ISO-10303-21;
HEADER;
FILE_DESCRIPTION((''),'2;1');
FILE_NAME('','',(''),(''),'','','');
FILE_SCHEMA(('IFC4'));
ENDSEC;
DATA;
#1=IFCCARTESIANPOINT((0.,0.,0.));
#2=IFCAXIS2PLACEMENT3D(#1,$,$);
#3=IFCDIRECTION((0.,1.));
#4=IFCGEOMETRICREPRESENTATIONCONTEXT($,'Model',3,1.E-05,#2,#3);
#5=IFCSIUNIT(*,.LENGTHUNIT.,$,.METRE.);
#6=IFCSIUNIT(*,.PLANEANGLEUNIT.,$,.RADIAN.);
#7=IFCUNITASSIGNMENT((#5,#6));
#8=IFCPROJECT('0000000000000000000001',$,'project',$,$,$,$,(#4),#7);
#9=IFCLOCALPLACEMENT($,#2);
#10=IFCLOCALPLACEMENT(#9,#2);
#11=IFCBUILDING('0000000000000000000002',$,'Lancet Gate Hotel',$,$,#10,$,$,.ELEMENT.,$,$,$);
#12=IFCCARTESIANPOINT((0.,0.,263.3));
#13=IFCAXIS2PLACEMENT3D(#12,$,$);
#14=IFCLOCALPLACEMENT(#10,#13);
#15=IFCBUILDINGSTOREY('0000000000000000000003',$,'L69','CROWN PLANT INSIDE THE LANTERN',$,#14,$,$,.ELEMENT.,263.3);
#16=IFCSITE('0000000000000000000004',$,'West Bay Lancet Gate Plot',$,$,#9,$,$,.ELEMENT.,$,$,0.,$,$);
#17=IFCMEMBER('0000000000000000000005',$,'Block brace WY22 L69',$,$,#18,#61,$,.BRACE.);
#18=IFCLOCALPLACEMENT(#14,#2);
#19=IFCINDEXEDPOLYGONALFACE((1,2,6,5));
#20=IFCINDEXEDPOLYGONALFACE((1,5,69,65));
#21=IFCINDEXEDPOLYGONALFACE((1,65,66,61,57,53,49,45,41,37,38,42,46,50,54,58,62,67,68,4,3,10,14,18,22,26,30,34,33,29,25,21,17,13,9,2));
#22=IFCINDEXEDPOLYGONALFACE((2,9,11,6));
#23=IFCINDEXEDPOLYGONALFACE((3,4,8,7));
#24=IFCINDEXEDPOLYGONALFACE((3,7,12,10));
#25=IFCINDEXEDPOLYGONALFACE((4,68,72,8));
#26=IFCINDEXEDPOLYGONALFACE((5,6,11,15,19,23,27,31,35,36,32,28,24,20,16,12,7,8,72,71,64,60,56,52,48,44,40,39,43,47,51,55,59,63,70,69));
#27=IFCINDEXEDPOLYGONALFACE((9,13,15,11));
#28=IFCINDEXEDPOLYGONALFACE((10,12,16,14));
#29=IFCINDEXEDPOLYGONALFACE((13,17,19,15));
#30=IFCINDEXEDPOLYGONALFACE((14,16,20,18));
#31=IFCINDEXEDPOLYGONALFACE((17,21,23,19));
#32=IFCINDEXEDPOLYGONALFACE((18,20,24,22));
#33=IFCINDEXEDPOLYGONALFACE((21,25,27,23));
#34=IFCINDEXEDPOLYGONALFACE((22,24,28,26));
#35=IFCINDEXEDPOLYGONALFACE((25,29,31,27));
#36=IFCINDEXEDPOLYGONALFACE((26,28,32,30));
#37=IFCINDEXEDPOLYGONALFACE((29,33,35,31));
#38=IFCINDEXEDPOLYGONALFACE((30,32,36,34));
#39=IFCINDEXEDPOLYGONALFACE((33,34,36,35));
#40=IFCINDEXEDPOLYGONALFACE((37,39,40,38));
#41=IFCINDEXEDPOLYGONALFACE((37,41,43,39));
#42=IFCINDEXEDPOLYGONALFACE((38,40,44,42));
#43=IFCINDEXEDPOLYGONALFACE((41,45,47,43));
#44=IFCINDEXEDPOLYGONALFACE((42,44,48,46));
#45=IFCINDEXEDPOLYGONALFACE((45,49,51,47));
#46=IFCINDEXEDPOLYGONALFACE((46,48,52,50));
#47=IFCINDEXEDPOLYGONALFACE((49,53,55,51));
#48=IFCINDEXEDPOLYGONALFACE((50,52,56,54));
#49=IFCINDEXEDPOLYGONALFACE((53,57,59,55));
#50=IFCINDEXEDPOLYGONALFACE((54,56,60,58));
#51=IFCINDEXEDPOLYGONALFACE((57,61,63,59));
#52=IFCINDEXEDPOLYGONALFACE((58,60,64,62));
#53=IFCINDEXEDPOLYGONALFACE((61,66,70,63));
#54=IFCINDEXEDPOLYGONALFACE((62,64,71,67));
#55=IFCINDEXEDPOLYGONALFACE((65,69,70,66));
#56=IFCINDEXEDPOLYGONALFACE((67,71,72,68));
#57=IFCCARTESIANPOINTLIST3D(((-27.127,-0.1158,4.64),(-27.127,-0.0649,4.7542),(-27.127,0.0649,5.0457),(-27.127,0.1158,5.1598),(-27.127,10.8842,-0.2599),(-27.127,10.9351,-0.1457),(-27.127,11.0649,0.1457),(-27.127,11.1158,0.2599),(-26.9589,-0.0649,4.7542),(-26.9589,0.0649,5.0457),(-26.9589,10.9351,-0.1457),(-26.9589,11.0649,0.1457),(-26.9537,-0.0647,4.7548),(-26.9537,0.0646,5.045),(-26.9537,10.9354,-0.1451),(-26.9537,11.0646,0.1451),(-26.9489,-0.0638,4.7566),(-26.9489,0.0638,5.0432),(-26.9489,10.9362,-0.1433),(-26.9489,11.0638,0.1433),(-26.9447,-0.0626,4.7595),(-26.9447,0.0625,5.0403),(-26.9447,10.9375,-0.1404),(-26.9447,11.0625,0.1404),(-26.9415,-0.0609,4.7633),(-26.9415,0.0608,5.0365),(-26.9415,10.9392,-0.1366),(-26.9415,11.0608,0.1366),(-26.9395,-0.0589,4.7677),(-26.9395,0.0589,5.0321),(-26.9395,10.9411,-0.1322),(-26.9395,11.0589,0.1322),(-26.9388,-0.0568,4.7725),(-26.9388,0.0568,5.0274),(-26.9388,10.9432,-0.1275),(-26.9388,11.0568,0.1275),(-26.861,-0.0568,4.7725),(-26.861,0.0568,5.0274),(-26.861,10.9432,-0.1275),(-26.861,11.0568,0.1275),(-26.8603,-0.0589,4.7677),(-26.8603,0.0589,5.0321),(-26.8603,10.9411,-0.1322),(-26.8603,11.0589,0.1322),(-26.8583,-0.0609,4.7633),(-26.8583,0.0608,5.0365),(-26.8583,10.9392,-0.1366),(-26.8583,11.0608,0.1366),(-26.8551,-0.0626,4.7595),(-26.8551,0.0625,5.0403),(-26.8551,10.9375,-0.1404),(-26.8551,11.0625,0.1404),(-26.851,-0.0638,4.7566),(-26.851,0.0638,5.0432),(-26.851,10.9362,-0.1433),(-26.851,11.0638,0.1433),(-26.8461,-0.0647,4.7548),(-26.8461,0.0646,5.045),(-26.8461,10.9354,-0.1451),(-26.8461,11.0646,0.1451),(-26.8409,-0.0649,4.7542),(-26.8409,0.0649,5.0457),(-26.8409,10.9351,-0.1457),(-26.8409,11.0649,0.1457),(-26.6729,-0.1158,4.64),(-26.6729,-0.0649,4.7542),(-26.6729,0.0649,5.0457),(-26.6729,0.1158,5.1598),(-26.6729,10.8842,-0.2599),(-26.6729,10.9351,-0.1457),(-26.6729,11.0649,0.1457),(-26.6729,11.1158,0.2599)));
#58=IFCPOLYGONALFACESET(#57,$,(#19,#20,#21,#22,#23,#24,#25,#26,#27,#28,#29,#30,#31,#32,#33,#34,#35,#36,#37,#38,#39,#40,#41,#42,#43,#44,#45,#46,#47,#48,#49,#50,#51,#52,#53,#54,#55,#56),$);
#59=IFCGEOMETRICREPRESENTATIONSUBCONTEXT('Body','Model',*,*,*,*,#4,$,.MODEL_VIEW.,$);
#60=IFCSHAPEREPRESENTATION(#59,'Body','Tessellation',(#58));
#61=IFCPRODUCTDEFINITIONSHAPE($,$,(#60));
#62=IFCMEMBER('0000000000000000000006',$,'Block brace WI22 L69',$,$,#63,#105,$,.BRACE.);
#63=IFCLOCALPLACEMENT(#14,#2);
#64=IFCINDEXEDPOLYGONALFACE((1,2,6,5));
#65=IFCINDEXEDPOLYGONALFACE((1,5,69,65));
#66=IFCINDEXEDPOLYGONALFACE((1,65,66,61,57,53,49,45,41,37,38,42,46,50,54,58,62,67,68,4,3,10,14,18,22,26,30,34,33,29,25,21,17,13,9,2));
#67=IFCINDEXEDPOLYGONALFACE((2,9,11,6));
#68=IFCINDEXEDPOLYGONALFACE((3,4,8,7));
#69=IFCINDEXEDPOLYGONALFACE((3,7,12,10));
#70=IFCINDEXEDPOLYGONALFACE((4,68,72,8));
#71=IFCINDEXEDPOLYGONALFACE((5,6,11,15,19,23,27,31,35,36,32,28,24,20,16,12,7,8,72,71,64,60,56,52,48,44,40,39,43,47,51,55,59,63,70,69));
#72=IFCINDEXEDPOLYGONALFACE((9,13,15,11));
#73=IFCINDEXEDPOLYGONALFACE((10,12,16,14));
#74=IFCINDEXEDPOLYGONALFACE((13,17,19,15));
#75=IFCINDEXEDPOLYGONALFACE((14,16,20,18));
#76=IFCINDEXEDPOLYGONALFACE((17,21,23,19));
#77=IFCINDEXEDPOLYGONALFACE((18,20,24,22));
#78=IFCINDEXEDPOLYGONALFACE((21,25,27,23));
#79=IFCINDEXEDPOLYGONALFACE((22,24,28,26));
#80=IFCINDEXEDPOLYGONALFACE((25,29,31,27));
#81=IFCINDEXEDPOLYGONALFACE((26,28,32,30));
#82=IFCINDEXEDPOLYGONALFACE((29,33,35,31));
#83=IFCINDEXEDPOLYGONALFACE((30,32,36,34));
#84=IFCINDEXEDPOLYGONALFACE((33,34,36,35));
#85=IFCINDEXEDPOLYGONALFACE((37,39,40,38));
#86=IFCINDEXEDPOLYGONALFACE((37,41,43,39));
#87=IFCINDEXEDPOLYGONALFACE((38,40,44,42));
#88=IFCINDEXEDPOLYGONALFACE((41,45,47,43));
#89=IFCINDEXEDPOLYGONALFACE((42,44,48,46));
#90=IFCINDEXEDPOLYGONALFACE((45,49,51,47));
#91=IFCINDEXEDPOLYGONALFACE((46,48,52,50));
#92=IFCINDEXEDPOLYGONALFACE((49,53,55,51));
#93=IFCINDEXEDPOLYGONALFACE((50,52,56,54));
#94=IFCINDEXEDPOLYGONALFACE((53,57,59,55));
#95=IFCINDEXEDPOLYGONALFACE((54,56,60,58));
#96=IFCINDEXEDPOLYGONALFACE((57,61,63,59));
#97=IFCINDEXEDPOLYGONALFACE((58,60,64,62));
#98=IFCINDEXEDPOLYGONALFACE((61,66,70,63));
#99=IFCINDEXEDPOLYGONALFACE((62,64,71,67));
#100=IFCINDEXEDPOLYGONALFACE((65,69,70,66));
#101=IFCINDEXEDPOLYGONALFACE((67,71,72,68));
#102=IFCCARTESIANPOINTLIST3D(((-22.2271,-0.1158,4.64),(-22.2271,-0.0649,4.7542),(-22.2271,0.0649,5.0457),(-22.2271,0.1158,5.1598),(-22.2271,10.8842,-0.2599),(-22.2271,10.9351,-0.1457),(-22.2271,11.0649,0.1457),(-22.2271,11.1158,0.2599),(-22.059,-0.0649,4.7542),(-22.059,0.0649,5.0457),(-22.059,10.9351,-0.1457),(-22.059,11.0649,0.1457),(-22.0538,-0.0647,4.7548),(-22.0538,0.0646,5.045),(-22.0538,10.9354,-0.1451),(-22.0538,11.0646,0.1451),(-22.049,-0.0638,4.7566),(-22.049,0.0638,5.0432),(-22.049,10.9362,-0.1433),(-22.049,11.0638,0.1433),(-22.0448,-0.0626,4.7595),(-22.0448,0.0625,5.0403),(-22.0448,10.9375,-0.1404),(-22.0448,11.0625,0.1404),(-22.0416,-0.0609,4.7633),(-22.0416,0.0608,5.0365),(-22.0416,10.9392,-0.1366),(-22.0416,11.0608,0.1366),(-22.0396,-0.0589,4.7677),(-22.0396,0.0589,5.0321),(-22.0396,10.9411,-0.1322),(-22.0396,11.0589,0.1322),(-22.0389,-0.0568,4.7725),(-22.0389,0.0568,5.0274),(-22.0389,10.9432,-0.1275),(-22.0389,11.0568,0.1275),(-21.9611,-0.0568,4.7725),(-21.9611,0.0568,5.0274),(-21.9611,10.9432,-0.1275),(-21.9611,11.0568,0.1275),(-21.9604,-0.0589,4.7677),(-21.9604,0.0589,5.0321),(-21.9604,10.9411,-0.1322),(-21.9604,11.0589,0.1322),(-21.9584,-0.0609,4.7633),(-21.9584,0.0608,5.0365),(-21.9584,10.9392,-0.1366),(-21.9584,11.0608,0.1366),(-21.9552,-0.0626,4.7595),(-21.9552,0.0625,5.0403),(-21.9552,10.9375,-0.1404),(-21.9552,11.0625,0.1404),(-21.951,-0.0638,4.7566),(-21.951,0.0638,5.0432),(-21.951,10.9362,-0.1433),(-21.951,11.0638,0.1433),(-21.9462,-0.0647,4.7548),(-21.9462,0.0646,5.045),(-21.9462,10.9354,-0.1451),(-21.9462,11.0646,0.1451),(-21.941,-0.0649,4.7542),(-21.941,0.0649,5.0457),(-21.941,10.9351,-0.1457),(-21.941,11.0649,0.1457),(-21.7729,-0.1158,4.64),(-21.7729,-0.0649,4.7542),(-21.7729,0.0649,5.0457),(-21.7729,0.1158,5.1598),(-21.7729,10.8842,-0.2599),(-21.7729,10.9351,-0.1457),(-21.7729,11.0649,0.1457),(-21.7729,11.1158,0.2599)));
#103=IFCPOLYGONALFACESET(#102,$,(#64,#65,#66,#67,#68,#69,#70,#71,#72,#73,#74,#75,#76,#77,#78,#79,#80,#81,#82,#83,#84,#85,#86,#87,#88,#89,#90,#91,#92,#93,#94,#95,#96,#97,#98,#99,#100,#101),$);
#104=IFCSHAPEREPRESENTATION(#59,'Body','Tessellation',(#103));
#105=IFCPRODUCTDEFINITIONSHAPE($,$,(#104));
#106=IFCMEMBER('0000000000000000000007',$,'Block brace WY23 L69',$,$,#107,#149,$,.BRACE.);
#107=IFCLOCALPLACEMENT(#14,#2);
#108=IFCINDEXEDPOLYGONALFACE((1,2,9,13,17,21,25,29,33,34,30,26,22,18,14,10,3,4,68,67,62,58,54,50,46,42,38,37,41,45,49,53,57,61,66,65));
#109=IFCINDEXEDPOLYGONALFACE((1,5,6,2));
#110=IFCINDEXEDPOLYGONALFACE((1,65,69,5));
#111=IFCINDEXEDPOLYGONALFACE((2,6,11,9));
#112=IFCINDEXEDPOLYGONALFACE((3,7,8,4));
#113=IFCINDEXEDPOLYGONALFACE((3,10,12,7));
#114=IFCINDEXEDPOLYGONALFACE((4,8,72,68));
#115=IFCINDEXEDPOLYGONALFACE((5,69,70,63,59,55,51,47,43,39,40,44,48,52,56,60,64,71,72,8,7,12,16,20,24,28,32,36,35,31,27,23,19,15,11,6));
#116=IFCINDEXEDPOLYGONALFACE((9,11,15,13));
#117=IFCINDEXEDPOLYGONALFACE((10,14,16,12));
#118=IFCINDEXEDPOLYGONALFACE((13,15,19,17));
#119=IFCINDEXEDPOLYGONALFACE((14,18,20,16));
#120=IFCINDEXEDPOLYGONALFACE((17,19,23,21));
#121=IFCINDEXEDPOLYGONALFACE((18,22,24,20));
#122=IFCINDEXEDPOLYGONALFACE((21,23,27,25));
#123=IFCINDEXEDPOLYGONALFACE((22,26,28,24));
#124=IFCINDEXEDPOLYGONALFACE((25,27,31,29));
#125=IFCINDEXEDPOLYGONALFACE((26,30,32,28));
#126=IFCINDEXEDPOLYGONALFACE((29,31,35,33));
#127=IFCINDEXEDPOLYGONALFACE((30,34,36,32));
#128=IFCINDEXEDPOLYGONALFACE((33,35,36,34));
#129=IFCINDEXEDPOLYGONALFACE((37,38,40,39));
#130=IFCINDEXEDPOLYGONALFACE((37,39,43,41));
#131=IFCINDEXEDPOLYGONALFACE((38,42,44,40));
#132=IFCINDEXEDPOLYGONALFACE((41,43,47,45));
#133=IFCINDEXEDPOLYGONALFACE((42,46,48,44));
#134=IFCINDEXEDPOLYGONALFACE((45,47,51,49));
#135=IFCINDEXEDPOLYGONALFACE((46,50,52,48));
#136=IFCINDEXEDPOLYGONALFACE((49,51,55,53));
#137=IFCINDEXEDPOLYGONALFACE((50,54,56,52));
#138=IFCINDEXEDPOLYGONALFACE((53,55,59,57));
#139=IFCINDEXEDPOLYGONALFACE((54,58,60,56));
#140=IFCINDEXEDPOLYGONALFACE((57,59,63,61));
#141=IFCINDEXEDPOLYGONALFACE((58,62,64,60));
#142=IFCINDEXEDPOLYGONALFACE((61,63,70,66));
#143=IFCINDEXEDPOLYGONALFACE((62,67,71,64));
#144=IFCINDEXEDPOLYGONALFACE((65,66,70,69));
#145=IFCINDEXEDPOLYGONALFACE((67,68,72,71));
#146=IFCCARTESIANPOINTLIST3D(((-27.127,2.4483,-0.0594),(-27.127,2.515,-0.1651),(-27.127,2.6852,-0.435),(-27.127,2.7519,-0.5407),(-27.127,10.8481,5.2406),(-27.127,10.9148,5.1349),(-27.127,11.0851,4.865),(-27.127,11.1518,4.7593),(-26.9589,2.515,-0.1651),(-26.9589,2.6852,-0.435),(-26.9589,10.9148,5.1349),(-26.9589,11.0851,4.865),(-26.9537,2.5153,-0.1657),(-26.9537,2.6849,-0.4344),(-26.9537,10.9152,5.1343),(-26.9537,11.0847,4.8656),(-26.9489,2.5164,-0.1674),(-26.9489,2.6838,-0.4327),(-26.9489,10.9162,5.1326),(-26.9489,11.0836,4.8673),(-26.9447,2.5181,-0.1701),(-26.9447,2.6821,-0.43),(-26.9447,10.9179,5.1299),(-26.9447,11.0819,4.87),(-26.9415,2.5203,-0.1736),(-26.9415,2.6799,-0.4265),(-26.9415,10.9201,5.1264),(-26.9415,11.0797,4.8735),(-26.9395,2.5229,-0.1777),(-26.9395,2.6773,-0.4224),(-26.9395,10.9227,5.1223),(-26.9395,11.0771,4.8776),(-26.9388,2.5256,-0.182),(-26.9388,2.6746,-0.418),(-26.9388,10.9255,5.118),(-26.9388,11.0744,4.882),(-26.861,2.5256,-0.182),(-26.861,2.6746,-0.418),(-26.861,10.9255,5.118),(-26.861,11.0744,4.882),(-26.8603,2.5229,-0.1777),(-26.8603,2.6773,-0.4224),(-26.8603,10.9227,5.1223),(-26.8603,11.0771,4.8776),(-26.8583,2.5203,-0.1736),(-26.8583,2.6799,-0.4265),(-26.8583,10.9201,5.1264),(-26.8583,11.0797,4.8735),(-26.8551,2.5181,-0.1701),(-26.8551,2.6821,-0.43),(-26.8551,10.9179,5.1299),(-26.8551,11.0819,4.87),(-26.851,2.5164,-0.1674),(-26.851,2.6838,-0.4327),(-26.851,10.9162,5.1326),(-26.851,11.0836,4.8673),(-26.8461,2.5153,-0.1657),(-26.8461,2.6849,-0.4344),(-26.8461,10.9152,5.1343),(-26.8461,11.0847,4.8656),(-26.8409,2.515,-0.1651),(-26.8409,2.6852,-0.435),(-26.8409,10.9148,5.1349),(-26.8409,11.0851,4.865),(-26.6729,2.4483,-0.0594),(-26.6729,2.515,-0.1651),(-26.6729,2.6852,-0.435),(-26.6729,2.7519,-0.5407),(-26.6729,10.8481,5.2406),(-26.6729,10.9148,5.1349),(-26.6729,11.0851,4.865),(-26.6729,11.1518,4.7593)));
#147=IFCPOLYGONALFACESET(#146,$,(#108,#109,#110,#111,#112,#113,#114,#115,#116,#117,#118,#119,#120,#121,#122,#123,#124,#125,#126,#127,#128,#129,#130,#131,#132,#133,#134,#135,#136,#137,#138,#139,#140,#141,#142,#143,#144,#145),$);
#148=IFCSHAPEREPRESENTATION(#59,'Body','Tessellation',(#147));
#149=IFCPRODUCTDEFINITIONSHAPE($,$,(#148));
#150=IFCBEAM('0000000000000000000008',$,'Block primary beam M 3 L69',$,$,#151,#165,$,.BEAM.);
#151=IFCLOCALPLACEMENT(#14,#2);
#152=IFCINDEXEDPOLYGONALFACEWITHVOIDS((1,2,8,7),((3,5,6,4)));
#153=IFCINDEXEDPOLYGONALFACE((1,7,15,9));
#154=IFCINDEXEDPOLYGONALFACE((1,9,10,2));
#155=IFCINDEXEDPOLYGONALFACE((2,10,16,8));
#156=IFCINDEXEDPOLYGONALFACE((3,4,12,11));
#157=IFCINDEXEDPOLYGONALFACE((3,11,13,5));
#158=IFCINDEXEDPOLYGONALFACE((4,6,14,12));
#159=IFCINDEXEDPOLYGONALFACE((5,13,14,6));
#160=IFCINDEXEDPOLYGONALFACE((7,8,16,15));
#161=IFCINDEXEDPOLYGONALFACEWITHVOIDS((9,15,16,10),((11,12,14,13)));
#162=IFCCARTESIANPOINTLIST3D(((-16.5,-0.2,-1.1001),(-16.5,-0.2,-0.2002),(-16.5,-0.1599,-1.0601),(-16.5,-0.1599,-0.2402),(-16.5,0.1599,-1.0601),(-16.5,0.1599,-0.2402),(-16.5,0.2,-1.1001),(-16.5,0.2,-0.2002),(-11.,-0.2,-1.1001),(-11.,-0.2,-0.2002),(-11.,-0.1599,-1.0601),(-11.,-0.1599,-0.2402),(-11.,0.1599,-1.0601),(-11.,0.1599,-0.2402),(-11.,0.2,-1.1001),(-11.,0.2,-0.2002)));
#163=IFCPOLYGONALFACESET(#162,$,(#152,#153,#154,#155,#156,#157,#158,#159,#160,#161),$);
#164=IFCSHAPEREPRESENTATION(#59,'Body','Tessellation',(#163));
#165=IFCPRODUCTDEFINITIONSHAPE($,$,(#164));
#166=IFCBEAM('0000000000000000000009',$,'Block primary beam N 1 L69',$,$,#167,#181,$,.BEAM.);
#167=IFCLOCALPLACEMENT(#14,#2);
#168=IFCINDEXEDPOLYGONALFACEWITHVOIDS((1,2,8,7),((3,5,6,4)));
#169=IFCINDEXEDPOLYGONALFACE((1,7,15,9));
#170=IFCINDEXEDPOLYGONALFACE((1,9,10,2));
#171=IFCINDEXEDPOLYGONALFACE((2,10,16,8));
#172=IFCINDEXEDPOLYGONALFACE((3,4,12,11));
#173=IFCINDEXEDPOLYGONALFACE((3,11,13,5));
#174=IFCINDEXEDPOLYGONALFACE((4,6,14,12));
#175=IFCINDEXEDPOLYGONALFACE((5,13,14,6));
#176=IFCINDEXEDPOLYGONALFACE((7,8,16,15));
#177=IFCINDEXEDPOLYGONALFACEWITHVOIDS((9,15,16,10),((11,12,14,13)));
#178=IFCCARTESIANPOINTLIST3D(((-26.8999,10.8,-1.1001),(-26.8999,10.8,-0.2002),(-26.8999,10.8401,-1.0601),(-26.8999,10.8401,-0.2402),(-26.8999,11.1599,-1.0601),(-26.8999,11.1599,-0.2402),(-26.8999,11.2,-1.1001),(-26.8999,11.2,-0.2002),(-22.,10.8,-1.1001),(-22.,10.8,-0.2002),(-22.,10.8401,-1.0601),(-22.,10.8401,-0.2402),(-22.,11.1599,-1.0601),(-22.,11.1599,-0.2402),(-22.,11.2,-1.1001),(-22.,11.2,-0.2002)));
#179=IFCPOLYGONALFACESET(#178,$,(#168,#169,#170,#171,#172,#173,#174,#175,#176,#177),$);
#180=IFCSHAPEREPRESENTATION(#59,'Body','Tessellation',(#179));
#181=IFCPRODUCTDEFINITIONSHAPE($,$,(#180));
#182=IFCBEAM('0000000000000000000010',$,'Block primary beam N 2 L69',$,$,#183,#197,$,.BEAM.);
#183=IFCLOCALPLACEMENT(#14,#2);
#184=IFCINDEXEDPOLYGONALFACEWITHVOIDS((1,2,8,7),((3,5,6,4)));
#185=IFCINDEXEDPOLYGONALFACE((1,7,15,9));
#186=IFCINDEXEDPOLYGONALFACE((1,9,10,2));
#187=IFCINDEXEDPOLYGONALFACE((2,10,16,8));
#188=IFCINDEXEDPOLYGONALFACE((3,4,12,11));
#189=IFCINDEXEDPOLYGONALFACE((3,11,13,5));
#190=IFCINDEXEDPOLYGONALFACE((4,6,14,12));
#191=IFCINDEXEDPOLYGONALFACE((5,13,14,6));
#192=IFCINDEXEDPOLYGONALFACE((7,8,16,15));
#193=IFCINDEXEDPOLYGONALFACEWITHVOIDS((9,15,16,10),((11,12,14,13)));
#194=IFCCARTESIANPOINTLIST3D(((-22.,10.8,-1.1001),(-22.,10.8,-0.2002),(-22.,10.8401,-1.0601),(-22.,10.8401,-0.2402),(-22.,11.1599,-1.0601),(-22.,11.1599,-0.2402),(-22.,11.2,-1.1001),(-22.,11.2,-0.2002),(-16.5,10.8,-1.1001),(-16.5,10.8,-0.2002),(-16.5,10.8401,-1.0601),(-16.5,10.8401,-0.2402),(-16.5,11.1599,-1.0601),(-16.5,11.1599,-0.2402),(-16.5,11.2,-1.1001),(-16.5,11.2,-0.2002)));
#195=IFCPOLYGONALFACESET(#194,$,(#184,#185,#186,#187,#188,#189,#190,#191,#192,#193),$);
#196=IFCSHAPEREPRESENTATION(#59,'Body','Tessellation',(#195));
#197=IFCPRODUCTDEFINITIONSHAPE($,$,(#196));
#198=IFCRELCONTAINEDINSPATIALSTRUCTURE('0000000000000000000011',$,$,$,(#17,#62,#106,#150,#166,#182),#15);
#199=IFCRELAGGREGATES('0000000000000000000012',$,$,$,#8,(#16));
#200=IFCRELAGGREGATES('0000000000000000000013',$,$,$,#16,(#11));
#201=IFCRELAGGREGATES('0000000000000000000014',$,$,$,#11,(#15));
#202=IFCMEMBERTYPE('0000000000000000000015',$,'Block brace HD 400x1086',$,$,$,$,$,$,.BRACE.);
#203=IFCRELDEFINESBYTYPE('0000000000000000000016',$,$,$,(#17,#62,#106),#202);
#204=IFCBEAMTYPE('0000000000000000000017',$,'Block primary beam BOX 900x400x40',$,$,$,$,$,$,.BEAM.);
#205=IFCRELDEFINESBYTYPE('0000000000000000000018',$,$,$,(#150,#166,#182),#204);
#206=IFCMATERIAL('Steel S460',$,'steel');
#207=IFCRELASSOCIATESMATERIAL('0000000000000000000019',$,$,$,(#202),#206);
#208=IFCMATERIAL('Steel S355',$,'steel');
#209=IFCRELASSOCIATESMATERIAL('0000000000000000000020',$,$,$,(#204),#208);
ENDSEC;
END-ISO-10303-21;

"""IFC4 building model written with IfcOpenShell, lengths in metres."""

from ifc_helpers import new_model, si_unit, direction, frame, origin, origin_2d, place, context, subcontext, project, spatial, hollow_rectangle, i_section, extrude, material, material_profile, profile_set, type_object, element, save


model = new_model("IFC4")

# Units and contexts
model_context = context("Model", 3, precision=1e-05, world=origin(), true_north=direction((0.0, 1.0)))
body_context = subcontext(model_context, "Body", "Model", "MODEL_VIEW")
ifc_project = project(units=[si_unit("LENGTHUNIT", "METRE"), si_unit("PLANEANGLEUNIT", "RADIAN")], contexts=[model_context])

# Site, building, storey
site_placement = place(None, origin())
site = spatial("IfcSite", under=ifc_project, at=site_placement, Name="West Bay Lancet Gate Plot", CompositionType="ELEMENT", RefElevation=0.0)
building_placement = place(site_placement, origin())
building = spatial("IfcBuilding", under=site, at=building_placement, Name="Lancet Gate Hotel", CompositionType="ELEMENT")
storey_placement = place(building_placement, frame((0.0, 0.0, 263.3)))
storey = spatial("IfcBuildingStorey", under=building, at=storey_placement, Name="L69", Description="CROWN PLANT INSIDE THE LANTERN", CompositionType="ELEMENT", Elevation=263.3)

# Members
ifc_material_1 = material(Name="Steel S460", Category="steel")
ifc_material_profile_1 = material_profile(ifc_material_1, i_section(OverallWidth=0.4541, OverallDepth=0.5691, WebThickness=0.0779, FlangeThickness=0.125, FilletRadius=0.02, at=origin_2d()), Name="HD 400x1086")
ifc_profile_set_1 = profile_set([ifc_material_profile_1], Name="Steel S460")
member_type = type_object("IfcMemberType", Name="Block brace HD 400x1086", PredefinedType="BRACE", material=ifc_profile_set_1)
for number, where, z_axis, x_axis, name in (
    (1, (-26.8999, 11.0, 0.0), (0.0, -0.913472, 0.406902), (1.0, 0.0, 0.0), "Block brace WY22 L69"),
    (2, (-22.0, 11.0, 0.0), (0.0, -0.913472, 0.406902), (1.0, 0.0, 0.0), "Block brace WI22 L69"),
):
    element("IfcMember", number, at=place(storey_placement, frame(where, z_axis=z_axis, x_axis=x_axis)), inside=storey, type_object=member_type, Name=name, PredefinedType="BRACE", context=body_context, shape_type="SweptSolid", body=[
        extrude(i_section(OverallWidth=0.4541, OverallDepth=0.5691, WebThickness=0.0779, FlangeThickness=0.125, FilletRadius=0.02, at=origin_2d()), origin(), (0.0, 0.0, 1.0), 12.042),
    ])
member_placement = place(storey_placement, frame((-26.8999, 2.6001, -0.3), z_axis=(0.0, 0.845723, 0.533622), x_axis=(-1.0, 0.0, 0.0)))
element("IfcMember", 3, at=member_placement, inside=storey, type_object=member_type, Name="Block brace WY23 L69", PredefinedType="BRACE", context=body_context, shape_type="SweptSolid", body=[
    extrude(i_section(OverallWidth=0.4541, OverallDepth=0.5691, WebThickness=0.0779, FlangeThickness=0.125, FilletRadius=0.02, at=origin_2d()), origin(), (0.0, 0.0, 1.0), 9.9321),
])

# Beams
ifc_material_2 = material(Name="Steel S355", Category="steel")
ifc_material_profile_2 = material_profile(ifc_material_2, hollow_rectangle(XDim=0.3999, YDim=0.8999, WallThickness=0.04, at=origin_2d()), Name="BOX 900x400x40")
ifc_profile_set_2 = profile_set([ifc_material_profile_2], Name="Steel S355")
beam_type = type_object("IfcBeamType", Name="Block primary beam BOX 900x400x40", PredefinedType="BEAM", material=ifc_profile_set_2)
beam_1_placement = place(storey_placement, frame((-16.5, 0.0, -0.6501), z_axis=(1.0, 0.0, 0.0), x_axis=(0.0, 1.0, 0.0)))
element("IfcBeam", 4, at=beam_1_placement, inside=storey, type_object=beam_type, Name="Block primary beam M 3 L69", PredefinedType="BEAM", context=body_context, shape_type="SweptSolid", body=[
    extrude(hollow_rectangle(XDim=0.3999, YDim=0.8999, WallThickness=0.04, at=origin_2d()), origin(), (0.0, 0.0, 1.0), 5.5),
])
beam_2_placement = place(storey_placement, frame((-26.8999, 11.0, -0.6501), z_axis=(1.0, 0.0, 0.0), x_axis=(0.0, 1.0, 0.0)))
element("IfcBeam", 5, at=beam_2_placement, inside=storey, type_object=beam_type, Name="Block primary beam N 1 L69", PredefinedType="BEAM", context=body_context, shape_type="SweptSolid", body=[
    extrude(hollow_rectangle(XDim=0.3999, YDim=0.8999, WallThickness=0.04, at=origin_2d()), origin(), (0.0, 0.0, 1.0), 4.8999),
])
beam_3_placement = place(storey_placement, frame((-22.0, 11.0, -0.6501), z_axis=(1.0, 0.0, 0.0), x_axis=(0.0, 1.0, 0.0)))
element("IfcBeam", 6, at=beam_3_placement, inside=storey, type_object=beam_type, Name="Block primary beam N 2 L69", PredefinedType="BEAM", context=body_context, shape_type="SweptSolid", body=[
    extrude(hollow_rectangle(XDim=0.3999, YDim=0.8999, WallThickness=0.04, at=origin_2d()), origin(), (0.0, 0.0, 1.0), 5.5),
])

save(model, "model.ifc")
